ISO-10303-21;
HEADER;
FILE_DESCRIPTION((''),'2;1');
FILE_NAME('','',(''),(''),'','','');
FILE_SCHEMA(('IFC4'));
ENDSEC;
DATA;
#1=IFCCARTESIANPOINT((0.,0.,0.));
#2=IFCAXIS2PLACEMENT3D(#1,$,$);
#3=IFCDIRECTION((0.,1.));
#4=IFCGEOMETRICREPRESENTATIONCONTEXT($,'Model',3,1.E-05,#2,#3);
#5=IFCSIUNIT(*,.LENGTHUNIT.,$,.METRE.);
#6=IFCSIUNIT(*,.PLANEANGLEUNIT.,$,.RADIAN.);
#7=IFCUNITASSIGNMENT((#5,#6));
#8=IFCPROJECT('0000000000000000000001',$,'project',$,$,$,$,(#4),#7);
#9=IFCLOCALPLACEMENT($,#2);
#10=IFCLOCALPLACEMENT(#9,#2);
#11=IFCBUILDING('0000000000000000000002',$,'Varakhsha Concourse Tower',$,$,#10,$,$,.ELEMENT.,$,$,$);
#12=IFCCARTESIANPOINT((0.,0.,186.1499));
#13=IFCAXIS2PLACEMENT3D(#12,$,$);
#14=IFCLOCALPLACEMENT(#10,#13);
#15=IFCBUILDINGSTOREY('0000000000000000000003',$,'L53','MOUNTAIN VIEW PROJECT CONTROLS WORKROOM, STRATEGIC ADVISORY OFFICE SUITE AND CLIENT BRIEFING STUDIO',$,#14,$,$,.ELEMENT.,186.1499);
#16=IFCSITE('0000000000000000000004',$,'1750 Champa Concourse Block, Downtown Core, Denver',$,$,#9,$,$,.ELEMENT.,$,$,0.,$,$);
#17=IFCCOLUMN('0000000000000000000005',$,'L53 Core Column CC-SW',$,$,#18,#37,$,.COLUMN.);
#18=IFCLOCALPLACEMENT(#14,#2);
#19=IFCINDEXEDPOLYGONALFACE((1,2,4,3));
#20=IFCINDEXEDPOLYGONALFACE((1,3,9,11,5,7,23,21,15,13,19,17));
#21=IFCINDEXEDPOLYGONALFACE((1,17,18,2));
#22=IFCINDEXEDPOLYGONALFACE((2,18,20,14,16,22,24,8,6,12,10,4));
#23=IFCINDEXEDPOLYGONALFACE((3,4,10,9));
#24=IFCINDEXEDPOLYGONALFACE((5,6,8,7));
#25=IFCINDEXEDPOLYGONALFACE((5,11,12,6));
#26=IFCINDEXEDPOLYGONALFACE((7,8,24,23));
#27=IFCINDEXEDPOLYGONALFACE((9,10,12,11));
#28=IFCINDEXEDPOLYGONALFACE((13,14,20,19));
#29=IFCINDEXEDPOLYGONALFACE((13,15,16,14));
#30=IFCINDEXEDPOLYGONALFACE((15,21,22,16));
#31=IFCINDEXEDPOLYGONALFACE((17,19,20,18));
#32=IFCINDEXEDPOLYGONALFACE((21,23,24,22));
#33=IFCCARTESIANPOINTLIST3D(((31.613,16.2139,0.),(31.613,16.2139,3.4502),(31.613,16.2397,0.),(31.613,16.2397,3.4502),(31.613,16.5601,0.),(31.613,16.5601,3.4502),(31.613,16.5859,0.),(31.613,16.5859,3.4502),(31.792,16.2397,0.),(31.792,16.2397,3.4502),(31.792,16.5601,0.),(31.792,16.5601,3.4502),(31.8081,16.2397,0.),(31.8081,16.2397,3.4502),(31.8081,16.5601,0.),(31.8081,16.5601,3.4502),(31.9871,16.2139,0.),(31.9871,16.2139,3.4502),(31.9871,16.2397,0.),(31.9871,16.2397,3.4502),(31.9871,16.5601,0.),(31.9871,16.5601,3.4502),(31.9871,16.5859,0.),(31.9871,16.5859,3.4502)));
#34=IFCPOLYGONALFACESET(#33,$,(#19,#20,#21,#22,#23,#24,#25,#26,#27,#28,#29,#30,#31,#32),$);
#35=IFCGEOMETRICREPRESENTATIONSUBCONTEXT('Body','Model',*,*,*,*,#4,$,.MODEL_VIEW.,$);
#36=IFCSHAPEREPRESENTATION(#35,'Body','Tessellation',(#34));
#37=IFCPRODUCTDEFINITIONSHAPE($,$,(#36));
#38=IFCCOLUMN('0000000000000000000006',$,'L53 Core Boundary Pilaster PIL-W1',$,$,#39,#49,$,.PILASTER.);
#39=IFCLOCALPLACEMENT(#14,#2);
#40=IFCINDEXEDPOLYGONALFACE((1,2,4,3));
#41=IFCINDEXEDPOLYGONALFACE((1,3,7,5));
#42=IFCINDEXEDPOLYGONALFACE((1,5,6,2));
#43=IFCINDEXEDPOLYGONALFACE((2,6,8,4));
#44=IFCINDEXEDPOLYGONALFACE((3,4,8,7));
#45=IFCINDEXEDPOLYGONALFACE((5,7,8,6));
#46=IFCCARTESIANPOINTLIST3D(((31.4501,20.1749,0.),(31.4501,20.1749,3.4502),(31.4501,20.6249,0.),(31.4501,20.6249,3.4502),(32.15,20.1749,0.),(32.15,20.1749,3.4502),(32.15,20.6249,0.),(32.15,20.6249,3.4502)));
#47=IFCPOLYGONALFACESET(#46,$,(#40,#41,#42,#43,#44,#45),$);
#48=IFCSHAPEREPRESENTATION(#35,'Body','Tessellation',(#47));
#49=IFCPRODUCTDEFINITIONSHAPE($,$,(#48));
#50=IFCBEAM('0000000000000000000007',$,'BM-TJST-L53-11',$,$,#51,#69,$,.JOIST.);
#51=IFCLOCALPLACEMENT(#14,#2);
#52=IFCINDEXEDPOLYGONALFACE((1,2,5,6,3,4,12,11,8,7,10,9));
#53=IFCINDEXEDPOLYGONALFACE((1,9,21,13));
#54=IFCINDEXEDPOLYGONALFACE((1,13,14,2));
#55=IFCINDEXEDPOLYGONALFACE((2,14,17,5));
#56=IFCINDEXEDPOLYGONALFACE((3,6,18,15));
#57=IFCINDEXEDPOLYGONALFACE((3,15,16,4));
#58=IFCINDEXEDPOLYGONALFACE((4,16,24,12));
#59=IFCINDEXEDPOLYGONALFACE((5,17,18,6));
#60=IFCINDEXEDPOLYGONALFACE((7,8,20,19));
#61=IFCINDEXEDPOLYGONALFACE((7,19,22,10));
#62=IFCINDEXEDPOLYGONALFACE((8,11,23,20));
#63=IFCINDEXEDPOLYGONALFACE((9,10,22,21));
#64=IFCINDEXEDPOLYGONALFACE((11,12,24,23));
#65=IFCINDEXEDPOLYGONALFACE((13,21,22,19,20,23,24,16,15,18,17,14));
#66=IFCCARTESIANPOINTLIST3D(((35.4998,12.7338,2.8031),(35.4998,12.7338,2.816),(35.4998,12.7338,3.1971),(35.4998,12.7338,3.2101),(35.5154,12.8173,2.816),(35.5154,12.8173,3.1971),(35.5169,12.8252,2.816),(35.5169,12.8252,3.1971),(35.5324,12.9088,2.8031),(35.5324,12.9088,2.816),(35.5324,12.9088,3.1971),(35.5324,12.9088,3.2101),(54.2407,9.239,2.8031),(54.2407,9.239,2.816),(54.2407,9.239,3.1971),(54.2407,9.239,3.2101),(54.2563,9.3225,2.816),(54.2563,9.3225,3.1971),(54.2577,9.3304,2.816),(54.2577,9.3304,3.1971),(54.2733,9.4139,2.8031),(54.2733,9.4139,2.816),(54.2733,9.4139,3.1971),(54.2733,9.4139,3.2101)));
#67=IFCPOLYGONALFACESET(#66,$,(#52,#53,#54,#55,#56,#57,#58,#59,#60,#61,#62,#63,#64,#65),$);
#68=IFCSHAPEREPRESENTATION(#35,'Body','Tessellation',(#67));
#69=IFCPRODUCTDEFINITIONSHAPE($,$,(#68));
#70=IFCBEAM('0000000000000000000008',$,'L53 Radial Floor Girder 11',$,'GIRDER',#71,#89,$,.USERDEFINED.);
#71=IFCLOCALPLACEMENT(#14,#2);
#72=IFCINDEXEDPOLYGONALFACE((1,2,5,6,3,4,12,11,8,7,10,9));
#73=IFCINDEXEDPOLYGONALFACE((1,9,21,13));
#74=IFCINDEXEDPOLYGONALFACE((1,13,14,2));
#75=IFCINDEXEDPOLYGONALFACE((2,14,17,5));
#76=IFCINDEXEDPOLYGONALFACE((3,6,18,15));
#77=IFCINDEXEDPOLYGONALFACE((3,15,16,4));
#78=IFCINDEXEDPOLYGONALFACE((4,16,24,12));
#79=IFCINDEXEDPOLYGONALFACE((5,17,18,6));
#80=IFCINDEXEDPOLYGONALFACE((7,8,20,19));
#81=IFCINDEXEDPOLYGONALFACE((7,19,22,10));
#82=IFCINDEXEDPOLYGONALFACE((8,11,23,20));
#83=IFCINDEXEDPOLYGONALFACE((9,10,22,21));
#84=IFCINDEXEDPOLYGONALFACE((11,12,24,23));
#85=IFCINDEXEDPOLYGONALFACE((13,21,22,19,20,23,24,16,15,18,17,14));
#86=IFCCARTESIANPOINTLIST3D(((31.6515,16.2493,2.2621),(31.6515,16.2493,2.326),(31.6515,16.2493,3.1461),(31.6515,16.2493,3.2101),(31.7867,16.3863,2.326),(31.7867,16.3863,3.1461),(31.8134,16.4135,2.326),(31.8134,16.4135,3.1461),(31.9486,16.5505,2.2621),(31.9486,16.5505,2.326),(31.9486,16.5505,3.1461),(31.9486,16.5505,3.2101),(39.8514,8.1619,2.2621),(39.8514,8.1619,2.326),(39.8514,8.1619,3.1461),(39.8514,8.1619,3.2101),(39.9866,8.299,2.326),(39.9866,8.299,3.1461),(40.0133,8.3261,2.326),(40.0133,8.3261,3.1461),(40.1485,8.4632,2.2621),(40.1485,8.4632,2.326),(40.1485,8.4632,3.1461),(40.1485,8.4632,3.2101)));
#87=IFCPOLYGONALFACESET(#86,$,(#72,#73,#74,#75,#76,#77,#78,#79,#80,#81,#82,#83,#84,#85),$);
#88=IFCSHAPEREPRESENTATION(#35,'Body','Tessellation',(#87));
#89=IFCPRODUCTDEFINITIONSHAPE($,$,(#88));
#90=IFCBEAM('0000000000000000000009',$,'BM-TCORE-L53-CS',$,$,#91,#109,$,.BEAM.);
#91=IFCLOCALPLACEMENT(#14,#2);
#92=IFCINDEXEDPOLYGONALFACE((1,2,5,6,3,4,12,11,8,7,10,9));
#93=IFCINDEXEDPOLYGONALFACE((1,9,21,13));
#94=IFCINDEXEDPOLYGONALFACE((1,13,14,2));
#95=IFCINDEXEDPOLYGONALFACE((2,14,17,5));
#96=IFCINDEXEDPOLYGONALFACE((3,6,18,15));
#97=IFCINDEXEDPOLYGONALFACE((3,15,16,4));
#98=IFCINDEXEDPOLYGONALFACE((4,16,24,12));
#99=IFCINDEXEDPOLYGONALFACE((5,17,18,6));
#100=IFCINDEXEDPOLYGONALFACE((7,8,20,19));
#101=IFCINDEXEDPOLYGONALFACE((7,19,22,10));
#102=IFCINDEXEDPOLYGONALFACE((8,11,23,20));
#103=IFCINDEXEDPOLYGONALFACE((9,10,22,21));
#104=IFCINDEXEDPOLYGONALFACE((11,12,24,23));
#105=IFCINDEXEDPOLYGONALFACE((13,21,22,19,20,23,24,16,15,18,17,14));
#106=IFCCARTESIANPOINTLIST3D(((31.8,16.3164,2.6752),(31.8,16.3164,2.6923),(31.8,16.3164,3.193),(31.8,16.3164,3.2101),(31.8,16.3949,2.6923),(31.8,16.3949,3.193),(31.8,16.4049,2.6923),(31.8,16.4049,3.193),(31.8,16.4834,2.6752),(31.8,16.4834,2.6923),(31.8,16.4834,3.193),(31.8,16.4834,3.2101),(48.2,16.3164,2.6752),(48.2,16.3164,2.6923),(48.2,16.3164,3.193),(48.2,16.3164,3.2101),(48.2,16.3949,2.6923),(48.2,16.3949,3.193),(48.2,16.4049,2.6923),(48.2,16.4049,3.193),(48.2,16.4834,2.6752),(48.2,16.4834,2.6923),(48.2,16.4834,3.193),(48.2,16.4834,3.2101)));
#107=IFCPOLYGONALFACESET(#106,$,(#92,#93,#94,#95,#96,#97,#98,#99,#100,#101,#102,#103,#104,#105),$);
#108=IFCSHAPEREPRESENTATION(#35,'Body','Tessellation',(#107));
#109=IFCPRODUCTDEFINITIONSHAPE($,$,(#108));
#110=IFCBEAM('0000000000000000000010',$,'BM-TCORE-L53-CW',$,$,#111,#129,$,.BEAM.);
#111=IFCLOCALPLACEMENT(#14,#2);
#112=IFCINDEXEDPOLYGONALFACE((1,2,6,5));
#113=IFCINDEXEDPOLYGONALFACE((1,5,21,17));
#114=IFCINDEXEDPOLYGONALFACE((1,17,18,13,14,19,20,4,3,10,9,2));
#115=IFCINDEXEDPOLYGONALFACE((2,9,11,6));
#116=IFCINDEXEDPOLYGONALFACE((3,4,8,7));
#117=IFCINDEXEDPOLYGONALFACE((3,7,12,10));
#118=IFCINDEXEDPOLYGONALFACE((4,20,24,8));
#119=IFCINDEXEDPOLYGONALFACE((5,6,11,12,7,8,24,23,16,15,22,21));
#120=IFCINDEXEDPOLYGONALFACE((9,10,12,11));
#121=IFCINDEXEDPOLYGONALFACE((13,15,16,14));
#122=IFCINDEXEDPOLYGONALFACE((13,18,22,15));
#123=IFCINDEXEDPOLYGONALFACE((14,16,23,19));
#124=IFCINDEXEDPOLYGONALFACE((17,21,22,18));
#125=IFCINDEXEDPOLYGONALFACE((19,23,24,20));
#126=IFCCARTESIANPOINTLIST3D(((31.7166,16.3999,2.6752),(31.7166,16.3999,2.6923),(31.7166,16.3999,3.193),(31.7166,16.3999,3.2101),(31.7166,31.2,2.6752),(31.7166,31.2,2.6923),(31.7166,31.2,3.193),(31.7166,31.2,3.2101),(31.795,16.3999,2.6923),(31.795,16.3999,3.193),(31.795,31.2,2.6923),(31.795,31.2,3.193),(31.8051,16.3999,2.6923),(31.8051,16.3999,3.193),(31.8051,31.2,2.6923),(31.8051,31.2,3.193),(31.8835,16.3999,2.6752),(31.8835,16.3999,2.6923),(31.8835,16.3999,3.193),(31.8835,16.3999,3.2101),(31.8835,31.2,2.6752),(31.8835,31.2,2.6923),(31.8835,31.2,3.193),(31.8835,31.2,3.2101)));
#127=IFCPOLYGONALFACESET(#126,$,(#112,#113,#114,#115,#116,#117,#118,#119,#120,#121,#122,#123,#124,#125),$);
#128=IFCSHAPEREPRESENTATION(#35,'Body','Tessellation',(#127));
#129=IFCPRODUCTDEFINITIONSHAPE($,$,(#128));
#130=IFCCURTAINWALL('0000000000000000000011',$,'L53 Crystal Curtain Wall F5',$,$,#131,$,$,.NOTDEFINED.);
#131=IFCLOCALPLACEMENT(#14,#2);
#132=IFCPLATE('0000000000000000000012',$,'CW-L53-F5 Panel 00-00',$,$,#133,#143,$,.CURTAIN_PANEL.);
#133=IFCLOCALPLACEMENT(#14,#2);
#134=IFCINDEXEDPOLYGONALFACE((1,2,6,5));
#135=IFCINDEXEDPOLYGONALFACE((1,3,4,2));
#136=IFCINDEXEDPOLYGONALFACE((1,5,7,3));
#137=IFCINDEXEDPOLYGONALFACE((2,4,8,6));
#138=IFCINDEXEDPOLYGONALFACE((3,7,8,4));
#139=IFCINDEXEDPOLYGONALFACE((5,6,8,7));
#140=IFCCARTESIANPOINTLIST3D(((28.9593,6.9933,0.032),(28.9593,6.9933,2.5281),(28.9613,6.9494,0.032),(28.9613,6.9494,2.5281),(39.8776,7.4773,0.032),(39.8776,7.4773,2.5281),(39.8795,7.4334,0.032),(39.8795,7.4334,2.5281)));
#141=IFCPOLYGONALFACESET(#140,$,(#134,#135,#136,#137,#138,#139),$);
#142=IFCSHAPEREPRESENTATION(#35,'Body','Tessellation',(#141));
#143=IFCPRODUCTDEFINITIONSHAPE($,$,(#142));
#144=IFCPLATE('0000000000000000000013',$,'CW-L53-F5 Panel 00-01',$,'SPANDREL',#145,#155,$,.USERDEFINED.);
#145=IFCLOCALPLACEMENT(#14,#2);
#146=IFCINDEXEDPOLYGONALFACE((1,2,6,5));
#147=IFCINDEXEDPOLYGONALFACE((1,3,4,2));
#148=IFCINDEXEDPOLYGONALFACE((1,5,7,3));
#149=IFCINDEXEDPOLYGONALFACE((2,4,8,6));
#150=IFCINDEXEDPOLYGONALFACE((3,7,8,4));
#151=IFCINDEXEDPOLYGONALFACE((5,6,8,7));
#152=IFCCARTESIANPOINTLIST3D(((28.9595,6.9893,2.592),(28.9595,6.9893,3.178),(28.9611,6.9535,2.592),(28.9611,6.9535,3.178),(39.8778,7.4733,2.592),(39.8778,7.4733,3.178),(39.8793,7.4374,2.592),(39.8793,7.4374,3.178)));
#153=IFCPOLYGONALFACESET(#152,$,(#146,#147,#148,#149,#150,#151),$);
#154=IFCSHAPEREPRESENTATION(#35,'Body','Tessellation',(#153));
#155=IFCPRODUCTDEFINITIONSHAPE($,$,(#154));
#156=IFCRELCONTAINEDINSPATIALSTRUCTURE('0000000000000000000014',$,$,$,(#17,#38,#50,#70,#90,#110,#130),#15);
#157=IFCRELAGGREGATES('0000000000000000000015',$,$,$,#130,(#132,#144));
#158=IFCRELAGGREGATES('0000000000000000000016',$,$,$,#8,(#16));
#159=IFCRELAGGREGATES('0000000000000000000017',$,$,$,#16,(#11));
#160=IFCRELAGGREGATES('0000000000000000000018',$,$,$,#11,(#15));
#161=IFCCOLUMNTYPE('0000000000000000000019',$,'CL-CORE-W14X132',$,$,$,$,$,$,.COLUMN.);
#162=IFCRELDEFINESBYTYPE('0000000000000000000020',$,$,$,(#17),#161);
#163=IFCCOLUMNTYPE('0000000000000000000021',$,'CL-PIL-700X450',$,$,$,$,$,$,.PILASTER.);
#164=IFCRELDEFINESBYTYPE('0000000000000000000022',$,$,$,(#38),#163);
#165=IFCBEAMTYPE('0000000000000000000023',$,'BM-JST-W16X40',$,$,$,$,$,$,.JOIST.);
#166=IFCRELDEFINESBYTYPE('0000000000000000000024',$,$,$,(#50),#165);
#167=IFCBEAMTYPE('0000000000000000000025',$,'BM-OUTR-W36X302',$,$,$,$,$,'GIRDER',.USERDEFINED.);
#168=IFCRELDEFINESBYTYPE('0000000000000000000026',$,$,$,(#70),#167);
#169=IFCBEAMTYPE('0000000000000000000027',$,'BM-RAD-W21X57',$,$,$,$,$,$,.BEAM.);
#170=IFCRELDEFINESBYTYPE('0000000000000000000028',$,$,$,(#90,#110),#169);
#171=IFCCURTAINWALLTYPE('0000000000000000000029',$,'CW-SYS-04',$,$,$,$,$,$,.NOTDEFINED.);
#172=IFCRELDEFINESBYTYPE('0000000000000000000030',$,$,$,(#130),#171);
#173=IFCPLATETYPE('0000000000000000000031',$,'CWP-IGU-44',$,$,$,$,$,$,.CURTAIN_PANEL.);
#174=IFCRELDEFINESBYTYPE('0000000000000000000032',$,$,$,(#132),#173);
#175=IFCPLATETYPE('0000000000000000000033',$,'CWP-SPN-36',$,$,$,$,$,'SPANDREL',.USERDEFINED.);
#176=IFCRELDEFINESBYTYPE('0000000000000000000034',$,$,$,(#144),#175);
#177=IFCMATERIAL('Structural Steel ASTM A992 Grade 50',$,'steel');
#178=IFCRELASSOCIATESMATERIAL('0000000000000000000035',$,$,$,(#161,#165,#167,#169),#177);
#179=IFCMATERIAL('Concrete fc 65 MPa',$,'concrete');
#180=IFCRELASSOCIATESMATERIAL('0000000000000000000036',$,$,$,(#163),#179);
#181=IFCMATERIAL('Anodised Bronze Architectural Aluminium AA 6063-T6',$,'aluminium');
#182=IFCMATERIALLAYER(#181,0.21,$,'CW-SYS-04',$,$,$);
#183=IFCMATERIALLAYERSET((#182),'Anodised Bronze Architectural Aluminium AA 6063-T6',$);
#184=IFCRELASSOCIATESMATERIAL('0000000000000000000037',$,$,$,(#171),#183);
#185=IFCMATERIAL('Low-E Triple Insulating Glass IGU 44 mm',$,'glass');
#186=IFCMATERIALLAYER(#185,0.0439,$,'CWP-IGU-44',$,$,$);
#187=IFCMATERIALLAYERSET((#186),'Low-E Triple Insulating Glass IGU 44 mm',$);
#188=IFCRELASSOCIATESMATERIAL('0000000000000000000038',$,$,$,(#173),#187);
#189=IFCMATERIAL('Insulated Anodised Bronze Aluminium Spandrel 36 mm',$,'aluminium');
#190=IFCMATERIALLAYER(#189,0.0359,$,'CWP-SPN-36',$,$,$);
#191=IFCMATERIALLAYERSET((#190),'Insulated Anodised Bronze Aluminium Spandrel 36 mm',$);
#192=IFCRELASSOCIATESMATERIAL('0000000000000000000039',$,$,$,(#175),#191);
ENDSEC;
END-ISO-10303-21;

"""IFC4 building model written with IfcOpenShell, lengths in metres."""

from ifc_helpers import new_model, si_unit, direction, frame, origin, origin_2d, place, context, subcontext, project, spatial, rectangle, i_section, extrude, source, transform, mapped, material, layer, layer_set, material_profile, profile_set, type_object, type_shapes, element, aggregate, save


model = new_model("IFC4")

# Units and contexts
model_context = context("Model", 3, precision=1e-05, world=origin(), true_north=direction((0.0, 1.0)))
body_context = subcontext(model_context, "Body", "Model", "MODEL_VIEW")
ifc_project = project(units=[si_unit("LENGTHUNIT", "METRE"), si_unit("PLANEANGLEUNIT", "RADIAN")], contexts=[model_context])

# Site, building, storey
site_placement = place(None, origin())
site = spatial("IfcSite", under=ifc_project, at=site_placement, Name="1750 Champa Concourse Block, Downtown Core, Denver", CompositionType="ELEMENT", RefElevation=0.0)
building_placement = place(site_placement, origin())
building = spatial("IfcBuilding", under=site, at=building_placement, Name="Varakhsha Concourse Tower", CompositionType="ELEMENT")
storey_placement = place(building_placement, frame((0.0, 0.0, 186.1499)))
storey = spatial("IfcBuildingStorey", under=building, at=storey_placement, Name="L53", Description="MOUNTAIN VIEW PROJECT CONTROLS WORKROOM, STRATEGIC ADVISORY OFFICE SUITE AND CLIENT BRIEFING STUDIO", CompositionType="ELEMENT", Elevation=186.1499)

# Columns
ifc_material_1 = material(Name="Structural Steel ASTM A992 Grade 50", Category="steel")
ifc_material_profile_1 = material_profile(ifc_material_1, i_section(OverallWidth=0.374, OverallDepth=0.3721, WebThickness=0.0161, FlangeThickness=0.0259, at=origin_2d()), Name="W14X132")
ifc_profile_set_1 = profile_set([ifc_material_profile_1], Name="Structural Steel ASTM A992 Grade 50")
column_type_1 = type_object("IfcColumnType", Name="CL-CORE-W14X132", PredefinedType="COLUMN", material=ifc_profile_set_1)
column_1_placement = place(storey_placement, frame((31.8, 16.3999, 0.0), z_axis=(0.0, 0.0, 1.0), x_axis=(1.0, 0.0, 0.0)))
element("IfcColumn", 1, at=column_1_placement, inside=storey, type_object=column_type_1, Name="L53 Core Column CC-SW", PredefinedType="COLUMN", context=body_context, shape_type="SweptSolid", body=[
    extrude(i_section(OverallWidth=0.374, OverallDepth=0.3721, WebThickness=0.0161, FlangeThickness=0.0259, at=origin_2d()), origin(), (0.0, 0.0, 1.0), 3.4502),
])
ifc_material_2 = material(Name="Concrete fc 65 MPa", Category="concrete")
ifc_material_profile_2 = material_profile(ifc_material_2, rectangle(XDim=0.7, YDim=0.45, at=origin_2d()), Name="RC 700x450")
ifc_profile_set_2 = profile_set([ifc_material_profile_2], Name="Concrete fc 65 MPa")
column_type_2 = type_object("IfcColumnType", Name="CL-PIL-700X450", PredefinedType="PILASTER", material=ifc_profile_set_2)
column_2_placement = place(storey_placement, frame((31.8, 20.3999, 0.0), z_axis=(0.0, 0.0, 1.0), x_axis=(1.0, 0.0, 0.0)))
element("IfcColumn", 2, at=column_2_placement, inside=storey, type_object=column_type_2, Name="L53 Core Boundary Pilaster PIL-W1", PredefinedType="PILASTER", context=body_context, shape_type="SweptSolid", body=[
    extrude(rectangle(XDim=0.7, YDim=0.45, at=origin_2d()), origin(), (0.0, 0.0, 1.0), 3.4502),
])

# Beams
ifc_material_profile_3 = material_profile(ifc_material_1, i_section(OverallWidth=0.178, OverallDepth=0.407, WebThickness=0.0081, FlangeThickness=0.0129, at=origin_2d()), Name="W16X40")
ifc_profile_set_3 = profile_set([ifc_material_profile_3], Name="Structural Steel ASTM A992 Grade 50")
beam_type_1 = type_object("IfcBeamType", Name="BM-JST-W16X40", PredefinedType="JOIST", material=ifc_profile_set_3)
beam_1_placement = place(storey_placement, frame((35.5161, 12.8213, 3.0066), z_axis=(0.983053, -0.183323, 0.0), x_axis=(0.183323, 0.983053, 0.0)))
element("IfcBeam", 3, at=beam_1_placement, inside=storey, type_object=beam_type_1, Name="BM-TJST-L53-11", PredefinedType="JOIST", context=body_context, shape_type="SweptSolid", body=[
    extrude(i_section(OverallWidth=0.178, OverallDepth=0.407, WebThickness=0.0081, FlangeThickness=0.0129, at=origin_2d()), origin(), (0.0, 0.0, 1.0), 19.064),
])
ifc_material_profile_4 = material_profile(ifc_material_1, i_section(OverallWidth=0.4231, OverallDepth=0.948, WebThickness=0.0381, FlangeThickness=0.064, at=origin_2d()), Name="W36X302")
ifc_profile_set_4 = profile_set([ifc_material_profile_4], Name="Structural Steel ASTM A992 Grade 50")
beam_type_2 = type_object("IfcBeamType", Name="BM-OUTR-W36X302", ElementType="GIRDER", PredefinedType="USERDEFINED", material=ifc_profile_set_4)
beam_2_placement = place(storey_placement, frame((31.8, 16.3999, 2.7361), z_axis=(0.711976, -0.702204, 0.0), x_axis=(0.702204, 0.711976, 0.0)))
element("IfcBeam", 4, at=beam_2_placement, inside=storey, type_object=beam_type_2, Name="L53 Radial Floor Girder 11", ObjectType="GIRDER", PredefinedType="USERDEFINED", context=body_context, shape_type="SweptSolid", body=[
    extrude(i_section(OverallWidth=0.4231, OverallDepth=0.948, WebThickness=0.0381, FlangeThickness=0.064, at=origin_2d()), origin(), (0.0, 0.0, 1.0), 11.5171),
])
ifc_material_profile_5 = material_profile(ifc_material_1, i_section(OverallWidth=0.167, OverallDepth=0.5349, WebThickness=0.01, FlangeThickness=0.0171, at=origin_2d()), Name="W21X57")
ifc_profile_set_5 = profile_set([ifc_material_profile_5], Name="Structural Steel ASTM A992 Grade 50")
beam_type_3 = type_object("IfcBeamType", Name="BM-RAD-W21X57", PredefinedType="BEAM", material=ifc_profile_set_5)
beam_3_placement = place(storey_placement, frame((31.8, 16.3999, 2.9426), z_axis=(1.0, 0.0, 0.0), x_axis=(0.0, 1.0, 0.0)))
element("IfcBeam", 5, at=beam_3_placement, inside=storey, type_object=beam_type_3, Name="BM-TCORE-L53-CS", PredefinedType="BEAM", context=body_context, shape_type="SweptSolid", body=[
    extrude(i_section(OverallWidth=0.167, OverallDepth=0.5349, WebThickness=0.01, FlangeThickness=0.0171, at=origin_2d()), origin(), (0.0, 0.0, 1.0), 16.3999),
])
beam_4_placement = place(storey_placement, frame((31.8, 16.3999, 2.9426), z_axis=(0.0, 1.0, 0.0), x_axis=(-1.0, 0.0, 0.0)))
element("IfcBeam", 6, at=beam_4_placement, inside=storey, type_object=beam_type_3, Name="BM-TCORE-L53-CW", PredefinedType="BEAM", context=body_context, shape_type="SweptSolid", body=[
    extrude(i_section(OverallWidth=0.167, OverallDepth=0.5349, WebThickness=0.01, FlangeThickness=0.0171, at=origin_2d()), origin(), (0.0, 0.0, 1.0), 14.8),
])

# Curtain wall, plates
ifc_material_3 = material(Name="Anodised Bronze Architectural Aluminium AA 6063-T6", Category="aluminium")
ifc_layer_1 = layer(ifc_material_3, 0.21, Name="CW-SYS-04")
ifc_layer_set_1 = layer_set([ifc_layer_1], Name="Anodised Bronze Architectural Aluminium AA 6063-T6")
curtain_wall_type = type_object("IfcCurtainWallType", Name="CW-SYS-04", PredefinedType="NOTDEFINED", material=ifc_layer_set_1)
curtain_wall_placement = place(storey_placement, origin())
curtain_wall = element("IfcCurtainWall", 7, at=curtain_wall_placement, inside=storey, type_object=curtain_wall_type, Name="L53 Crystal Curtain Wall F5", PredefinedType="NOTDEFINED")
ifc_material_4 = material(Name="Low-E Triple Insulating Glass IGU 44 mm", Category="glass")
ifc_layer_2 = layer(ifc_material_4, 0.0439, Name="CWP-IGU-44")
ifc_layer_set_2 = layer_set([ifc_layer_2], Name="Low-E Triple Insulating Glass IGU 44 mm")
plate_type_1 = type_object("IfcPlateType", Name="CWP-IGU-44", PredefinedType="CURTAIN_PANEL", material=ifc_layer_set_2)
shared_shape_1 = source(origin(), body_context, "Body", "SweptSolid", [
    extrude(rectangle(XDim=10.929, YDim=0.0439, at=origin_2d()), origin(), (0.0, 0.0, 1.0), 2.4961),
])
type_shapes(plate_type_1, [shared_shape_1])
plate_1_placement = place(storey_placement, frame((34.4194, 7.2134, 0.032), z_axis=(0.0, 0.0, 1.0), x_axis=(-0.999019, -0.044285, 0.0)))
plate_1 = element("IfcPlate", 8, at=plate_1_placement, type_object=plate_type_1, Name="CW-L53-F5 Panel 00-00", PredefinedType="CURTAIN_PANEL", context=body_context, shape_type="MappedRepresentation", body=[
    mapped(shared_shape_1, transform((0.0, 0.0, 0.0), scale=1.0)),
])
ifc_material_5 = material(Name="Insulated Anodised Bronze Aluminium Spandrel 36 mm", Category="aluminium")
ifc_layer_3 = layer(ifc_material_5, 0.0359, Name="CWP-SPN-36")
ifc_layer_set_3 = layer_set([ifc_layer_3], Name="Insulated Anodised Bronze Aluminium Spandrel 36 mm")
plate_type_2 = type_object("IfcPlateType", Name="CWP-SPN-36", ElementType="SPANDREL", PredefinedType="USERDEFINED", material=ifc_layer_set_3)
shared_shape_2 = source(origin(), body_context, "Body", "SweptSolid", [
    extrude(rectangle(XDim=10.929, YDim=0.0359, at=origin_2d()), origin(), (0.0, 0.0, 1.0), 0.5859),
])
type_shapes(plate_type_2, [shared_shape_2])
plate_2_placement = place(storey_placement, frame((34.4194, 7.2134, 2.592), z_axis=(0.0, 0.0, 1.0), x_axis=(-0.999019, -0.044285, 0.0)))
plate_2 = element("IfcPlate", 9, at=plate_2_placement, type_object=plate_type_2, Name="CW-L53-F5 Panel 00-01", ObjectType="SPANDREL", PredefinedType="USERDEFINED", context=body_context, shape_type="MappedRepresentation", body=[
    mapped(shared_shape_2, transform((0.0, 0.0, 0.0), scale=1.0)),
])
aggregate(curtain_wall, [plate_1, plate_2])

save(model, "model.ifc")
